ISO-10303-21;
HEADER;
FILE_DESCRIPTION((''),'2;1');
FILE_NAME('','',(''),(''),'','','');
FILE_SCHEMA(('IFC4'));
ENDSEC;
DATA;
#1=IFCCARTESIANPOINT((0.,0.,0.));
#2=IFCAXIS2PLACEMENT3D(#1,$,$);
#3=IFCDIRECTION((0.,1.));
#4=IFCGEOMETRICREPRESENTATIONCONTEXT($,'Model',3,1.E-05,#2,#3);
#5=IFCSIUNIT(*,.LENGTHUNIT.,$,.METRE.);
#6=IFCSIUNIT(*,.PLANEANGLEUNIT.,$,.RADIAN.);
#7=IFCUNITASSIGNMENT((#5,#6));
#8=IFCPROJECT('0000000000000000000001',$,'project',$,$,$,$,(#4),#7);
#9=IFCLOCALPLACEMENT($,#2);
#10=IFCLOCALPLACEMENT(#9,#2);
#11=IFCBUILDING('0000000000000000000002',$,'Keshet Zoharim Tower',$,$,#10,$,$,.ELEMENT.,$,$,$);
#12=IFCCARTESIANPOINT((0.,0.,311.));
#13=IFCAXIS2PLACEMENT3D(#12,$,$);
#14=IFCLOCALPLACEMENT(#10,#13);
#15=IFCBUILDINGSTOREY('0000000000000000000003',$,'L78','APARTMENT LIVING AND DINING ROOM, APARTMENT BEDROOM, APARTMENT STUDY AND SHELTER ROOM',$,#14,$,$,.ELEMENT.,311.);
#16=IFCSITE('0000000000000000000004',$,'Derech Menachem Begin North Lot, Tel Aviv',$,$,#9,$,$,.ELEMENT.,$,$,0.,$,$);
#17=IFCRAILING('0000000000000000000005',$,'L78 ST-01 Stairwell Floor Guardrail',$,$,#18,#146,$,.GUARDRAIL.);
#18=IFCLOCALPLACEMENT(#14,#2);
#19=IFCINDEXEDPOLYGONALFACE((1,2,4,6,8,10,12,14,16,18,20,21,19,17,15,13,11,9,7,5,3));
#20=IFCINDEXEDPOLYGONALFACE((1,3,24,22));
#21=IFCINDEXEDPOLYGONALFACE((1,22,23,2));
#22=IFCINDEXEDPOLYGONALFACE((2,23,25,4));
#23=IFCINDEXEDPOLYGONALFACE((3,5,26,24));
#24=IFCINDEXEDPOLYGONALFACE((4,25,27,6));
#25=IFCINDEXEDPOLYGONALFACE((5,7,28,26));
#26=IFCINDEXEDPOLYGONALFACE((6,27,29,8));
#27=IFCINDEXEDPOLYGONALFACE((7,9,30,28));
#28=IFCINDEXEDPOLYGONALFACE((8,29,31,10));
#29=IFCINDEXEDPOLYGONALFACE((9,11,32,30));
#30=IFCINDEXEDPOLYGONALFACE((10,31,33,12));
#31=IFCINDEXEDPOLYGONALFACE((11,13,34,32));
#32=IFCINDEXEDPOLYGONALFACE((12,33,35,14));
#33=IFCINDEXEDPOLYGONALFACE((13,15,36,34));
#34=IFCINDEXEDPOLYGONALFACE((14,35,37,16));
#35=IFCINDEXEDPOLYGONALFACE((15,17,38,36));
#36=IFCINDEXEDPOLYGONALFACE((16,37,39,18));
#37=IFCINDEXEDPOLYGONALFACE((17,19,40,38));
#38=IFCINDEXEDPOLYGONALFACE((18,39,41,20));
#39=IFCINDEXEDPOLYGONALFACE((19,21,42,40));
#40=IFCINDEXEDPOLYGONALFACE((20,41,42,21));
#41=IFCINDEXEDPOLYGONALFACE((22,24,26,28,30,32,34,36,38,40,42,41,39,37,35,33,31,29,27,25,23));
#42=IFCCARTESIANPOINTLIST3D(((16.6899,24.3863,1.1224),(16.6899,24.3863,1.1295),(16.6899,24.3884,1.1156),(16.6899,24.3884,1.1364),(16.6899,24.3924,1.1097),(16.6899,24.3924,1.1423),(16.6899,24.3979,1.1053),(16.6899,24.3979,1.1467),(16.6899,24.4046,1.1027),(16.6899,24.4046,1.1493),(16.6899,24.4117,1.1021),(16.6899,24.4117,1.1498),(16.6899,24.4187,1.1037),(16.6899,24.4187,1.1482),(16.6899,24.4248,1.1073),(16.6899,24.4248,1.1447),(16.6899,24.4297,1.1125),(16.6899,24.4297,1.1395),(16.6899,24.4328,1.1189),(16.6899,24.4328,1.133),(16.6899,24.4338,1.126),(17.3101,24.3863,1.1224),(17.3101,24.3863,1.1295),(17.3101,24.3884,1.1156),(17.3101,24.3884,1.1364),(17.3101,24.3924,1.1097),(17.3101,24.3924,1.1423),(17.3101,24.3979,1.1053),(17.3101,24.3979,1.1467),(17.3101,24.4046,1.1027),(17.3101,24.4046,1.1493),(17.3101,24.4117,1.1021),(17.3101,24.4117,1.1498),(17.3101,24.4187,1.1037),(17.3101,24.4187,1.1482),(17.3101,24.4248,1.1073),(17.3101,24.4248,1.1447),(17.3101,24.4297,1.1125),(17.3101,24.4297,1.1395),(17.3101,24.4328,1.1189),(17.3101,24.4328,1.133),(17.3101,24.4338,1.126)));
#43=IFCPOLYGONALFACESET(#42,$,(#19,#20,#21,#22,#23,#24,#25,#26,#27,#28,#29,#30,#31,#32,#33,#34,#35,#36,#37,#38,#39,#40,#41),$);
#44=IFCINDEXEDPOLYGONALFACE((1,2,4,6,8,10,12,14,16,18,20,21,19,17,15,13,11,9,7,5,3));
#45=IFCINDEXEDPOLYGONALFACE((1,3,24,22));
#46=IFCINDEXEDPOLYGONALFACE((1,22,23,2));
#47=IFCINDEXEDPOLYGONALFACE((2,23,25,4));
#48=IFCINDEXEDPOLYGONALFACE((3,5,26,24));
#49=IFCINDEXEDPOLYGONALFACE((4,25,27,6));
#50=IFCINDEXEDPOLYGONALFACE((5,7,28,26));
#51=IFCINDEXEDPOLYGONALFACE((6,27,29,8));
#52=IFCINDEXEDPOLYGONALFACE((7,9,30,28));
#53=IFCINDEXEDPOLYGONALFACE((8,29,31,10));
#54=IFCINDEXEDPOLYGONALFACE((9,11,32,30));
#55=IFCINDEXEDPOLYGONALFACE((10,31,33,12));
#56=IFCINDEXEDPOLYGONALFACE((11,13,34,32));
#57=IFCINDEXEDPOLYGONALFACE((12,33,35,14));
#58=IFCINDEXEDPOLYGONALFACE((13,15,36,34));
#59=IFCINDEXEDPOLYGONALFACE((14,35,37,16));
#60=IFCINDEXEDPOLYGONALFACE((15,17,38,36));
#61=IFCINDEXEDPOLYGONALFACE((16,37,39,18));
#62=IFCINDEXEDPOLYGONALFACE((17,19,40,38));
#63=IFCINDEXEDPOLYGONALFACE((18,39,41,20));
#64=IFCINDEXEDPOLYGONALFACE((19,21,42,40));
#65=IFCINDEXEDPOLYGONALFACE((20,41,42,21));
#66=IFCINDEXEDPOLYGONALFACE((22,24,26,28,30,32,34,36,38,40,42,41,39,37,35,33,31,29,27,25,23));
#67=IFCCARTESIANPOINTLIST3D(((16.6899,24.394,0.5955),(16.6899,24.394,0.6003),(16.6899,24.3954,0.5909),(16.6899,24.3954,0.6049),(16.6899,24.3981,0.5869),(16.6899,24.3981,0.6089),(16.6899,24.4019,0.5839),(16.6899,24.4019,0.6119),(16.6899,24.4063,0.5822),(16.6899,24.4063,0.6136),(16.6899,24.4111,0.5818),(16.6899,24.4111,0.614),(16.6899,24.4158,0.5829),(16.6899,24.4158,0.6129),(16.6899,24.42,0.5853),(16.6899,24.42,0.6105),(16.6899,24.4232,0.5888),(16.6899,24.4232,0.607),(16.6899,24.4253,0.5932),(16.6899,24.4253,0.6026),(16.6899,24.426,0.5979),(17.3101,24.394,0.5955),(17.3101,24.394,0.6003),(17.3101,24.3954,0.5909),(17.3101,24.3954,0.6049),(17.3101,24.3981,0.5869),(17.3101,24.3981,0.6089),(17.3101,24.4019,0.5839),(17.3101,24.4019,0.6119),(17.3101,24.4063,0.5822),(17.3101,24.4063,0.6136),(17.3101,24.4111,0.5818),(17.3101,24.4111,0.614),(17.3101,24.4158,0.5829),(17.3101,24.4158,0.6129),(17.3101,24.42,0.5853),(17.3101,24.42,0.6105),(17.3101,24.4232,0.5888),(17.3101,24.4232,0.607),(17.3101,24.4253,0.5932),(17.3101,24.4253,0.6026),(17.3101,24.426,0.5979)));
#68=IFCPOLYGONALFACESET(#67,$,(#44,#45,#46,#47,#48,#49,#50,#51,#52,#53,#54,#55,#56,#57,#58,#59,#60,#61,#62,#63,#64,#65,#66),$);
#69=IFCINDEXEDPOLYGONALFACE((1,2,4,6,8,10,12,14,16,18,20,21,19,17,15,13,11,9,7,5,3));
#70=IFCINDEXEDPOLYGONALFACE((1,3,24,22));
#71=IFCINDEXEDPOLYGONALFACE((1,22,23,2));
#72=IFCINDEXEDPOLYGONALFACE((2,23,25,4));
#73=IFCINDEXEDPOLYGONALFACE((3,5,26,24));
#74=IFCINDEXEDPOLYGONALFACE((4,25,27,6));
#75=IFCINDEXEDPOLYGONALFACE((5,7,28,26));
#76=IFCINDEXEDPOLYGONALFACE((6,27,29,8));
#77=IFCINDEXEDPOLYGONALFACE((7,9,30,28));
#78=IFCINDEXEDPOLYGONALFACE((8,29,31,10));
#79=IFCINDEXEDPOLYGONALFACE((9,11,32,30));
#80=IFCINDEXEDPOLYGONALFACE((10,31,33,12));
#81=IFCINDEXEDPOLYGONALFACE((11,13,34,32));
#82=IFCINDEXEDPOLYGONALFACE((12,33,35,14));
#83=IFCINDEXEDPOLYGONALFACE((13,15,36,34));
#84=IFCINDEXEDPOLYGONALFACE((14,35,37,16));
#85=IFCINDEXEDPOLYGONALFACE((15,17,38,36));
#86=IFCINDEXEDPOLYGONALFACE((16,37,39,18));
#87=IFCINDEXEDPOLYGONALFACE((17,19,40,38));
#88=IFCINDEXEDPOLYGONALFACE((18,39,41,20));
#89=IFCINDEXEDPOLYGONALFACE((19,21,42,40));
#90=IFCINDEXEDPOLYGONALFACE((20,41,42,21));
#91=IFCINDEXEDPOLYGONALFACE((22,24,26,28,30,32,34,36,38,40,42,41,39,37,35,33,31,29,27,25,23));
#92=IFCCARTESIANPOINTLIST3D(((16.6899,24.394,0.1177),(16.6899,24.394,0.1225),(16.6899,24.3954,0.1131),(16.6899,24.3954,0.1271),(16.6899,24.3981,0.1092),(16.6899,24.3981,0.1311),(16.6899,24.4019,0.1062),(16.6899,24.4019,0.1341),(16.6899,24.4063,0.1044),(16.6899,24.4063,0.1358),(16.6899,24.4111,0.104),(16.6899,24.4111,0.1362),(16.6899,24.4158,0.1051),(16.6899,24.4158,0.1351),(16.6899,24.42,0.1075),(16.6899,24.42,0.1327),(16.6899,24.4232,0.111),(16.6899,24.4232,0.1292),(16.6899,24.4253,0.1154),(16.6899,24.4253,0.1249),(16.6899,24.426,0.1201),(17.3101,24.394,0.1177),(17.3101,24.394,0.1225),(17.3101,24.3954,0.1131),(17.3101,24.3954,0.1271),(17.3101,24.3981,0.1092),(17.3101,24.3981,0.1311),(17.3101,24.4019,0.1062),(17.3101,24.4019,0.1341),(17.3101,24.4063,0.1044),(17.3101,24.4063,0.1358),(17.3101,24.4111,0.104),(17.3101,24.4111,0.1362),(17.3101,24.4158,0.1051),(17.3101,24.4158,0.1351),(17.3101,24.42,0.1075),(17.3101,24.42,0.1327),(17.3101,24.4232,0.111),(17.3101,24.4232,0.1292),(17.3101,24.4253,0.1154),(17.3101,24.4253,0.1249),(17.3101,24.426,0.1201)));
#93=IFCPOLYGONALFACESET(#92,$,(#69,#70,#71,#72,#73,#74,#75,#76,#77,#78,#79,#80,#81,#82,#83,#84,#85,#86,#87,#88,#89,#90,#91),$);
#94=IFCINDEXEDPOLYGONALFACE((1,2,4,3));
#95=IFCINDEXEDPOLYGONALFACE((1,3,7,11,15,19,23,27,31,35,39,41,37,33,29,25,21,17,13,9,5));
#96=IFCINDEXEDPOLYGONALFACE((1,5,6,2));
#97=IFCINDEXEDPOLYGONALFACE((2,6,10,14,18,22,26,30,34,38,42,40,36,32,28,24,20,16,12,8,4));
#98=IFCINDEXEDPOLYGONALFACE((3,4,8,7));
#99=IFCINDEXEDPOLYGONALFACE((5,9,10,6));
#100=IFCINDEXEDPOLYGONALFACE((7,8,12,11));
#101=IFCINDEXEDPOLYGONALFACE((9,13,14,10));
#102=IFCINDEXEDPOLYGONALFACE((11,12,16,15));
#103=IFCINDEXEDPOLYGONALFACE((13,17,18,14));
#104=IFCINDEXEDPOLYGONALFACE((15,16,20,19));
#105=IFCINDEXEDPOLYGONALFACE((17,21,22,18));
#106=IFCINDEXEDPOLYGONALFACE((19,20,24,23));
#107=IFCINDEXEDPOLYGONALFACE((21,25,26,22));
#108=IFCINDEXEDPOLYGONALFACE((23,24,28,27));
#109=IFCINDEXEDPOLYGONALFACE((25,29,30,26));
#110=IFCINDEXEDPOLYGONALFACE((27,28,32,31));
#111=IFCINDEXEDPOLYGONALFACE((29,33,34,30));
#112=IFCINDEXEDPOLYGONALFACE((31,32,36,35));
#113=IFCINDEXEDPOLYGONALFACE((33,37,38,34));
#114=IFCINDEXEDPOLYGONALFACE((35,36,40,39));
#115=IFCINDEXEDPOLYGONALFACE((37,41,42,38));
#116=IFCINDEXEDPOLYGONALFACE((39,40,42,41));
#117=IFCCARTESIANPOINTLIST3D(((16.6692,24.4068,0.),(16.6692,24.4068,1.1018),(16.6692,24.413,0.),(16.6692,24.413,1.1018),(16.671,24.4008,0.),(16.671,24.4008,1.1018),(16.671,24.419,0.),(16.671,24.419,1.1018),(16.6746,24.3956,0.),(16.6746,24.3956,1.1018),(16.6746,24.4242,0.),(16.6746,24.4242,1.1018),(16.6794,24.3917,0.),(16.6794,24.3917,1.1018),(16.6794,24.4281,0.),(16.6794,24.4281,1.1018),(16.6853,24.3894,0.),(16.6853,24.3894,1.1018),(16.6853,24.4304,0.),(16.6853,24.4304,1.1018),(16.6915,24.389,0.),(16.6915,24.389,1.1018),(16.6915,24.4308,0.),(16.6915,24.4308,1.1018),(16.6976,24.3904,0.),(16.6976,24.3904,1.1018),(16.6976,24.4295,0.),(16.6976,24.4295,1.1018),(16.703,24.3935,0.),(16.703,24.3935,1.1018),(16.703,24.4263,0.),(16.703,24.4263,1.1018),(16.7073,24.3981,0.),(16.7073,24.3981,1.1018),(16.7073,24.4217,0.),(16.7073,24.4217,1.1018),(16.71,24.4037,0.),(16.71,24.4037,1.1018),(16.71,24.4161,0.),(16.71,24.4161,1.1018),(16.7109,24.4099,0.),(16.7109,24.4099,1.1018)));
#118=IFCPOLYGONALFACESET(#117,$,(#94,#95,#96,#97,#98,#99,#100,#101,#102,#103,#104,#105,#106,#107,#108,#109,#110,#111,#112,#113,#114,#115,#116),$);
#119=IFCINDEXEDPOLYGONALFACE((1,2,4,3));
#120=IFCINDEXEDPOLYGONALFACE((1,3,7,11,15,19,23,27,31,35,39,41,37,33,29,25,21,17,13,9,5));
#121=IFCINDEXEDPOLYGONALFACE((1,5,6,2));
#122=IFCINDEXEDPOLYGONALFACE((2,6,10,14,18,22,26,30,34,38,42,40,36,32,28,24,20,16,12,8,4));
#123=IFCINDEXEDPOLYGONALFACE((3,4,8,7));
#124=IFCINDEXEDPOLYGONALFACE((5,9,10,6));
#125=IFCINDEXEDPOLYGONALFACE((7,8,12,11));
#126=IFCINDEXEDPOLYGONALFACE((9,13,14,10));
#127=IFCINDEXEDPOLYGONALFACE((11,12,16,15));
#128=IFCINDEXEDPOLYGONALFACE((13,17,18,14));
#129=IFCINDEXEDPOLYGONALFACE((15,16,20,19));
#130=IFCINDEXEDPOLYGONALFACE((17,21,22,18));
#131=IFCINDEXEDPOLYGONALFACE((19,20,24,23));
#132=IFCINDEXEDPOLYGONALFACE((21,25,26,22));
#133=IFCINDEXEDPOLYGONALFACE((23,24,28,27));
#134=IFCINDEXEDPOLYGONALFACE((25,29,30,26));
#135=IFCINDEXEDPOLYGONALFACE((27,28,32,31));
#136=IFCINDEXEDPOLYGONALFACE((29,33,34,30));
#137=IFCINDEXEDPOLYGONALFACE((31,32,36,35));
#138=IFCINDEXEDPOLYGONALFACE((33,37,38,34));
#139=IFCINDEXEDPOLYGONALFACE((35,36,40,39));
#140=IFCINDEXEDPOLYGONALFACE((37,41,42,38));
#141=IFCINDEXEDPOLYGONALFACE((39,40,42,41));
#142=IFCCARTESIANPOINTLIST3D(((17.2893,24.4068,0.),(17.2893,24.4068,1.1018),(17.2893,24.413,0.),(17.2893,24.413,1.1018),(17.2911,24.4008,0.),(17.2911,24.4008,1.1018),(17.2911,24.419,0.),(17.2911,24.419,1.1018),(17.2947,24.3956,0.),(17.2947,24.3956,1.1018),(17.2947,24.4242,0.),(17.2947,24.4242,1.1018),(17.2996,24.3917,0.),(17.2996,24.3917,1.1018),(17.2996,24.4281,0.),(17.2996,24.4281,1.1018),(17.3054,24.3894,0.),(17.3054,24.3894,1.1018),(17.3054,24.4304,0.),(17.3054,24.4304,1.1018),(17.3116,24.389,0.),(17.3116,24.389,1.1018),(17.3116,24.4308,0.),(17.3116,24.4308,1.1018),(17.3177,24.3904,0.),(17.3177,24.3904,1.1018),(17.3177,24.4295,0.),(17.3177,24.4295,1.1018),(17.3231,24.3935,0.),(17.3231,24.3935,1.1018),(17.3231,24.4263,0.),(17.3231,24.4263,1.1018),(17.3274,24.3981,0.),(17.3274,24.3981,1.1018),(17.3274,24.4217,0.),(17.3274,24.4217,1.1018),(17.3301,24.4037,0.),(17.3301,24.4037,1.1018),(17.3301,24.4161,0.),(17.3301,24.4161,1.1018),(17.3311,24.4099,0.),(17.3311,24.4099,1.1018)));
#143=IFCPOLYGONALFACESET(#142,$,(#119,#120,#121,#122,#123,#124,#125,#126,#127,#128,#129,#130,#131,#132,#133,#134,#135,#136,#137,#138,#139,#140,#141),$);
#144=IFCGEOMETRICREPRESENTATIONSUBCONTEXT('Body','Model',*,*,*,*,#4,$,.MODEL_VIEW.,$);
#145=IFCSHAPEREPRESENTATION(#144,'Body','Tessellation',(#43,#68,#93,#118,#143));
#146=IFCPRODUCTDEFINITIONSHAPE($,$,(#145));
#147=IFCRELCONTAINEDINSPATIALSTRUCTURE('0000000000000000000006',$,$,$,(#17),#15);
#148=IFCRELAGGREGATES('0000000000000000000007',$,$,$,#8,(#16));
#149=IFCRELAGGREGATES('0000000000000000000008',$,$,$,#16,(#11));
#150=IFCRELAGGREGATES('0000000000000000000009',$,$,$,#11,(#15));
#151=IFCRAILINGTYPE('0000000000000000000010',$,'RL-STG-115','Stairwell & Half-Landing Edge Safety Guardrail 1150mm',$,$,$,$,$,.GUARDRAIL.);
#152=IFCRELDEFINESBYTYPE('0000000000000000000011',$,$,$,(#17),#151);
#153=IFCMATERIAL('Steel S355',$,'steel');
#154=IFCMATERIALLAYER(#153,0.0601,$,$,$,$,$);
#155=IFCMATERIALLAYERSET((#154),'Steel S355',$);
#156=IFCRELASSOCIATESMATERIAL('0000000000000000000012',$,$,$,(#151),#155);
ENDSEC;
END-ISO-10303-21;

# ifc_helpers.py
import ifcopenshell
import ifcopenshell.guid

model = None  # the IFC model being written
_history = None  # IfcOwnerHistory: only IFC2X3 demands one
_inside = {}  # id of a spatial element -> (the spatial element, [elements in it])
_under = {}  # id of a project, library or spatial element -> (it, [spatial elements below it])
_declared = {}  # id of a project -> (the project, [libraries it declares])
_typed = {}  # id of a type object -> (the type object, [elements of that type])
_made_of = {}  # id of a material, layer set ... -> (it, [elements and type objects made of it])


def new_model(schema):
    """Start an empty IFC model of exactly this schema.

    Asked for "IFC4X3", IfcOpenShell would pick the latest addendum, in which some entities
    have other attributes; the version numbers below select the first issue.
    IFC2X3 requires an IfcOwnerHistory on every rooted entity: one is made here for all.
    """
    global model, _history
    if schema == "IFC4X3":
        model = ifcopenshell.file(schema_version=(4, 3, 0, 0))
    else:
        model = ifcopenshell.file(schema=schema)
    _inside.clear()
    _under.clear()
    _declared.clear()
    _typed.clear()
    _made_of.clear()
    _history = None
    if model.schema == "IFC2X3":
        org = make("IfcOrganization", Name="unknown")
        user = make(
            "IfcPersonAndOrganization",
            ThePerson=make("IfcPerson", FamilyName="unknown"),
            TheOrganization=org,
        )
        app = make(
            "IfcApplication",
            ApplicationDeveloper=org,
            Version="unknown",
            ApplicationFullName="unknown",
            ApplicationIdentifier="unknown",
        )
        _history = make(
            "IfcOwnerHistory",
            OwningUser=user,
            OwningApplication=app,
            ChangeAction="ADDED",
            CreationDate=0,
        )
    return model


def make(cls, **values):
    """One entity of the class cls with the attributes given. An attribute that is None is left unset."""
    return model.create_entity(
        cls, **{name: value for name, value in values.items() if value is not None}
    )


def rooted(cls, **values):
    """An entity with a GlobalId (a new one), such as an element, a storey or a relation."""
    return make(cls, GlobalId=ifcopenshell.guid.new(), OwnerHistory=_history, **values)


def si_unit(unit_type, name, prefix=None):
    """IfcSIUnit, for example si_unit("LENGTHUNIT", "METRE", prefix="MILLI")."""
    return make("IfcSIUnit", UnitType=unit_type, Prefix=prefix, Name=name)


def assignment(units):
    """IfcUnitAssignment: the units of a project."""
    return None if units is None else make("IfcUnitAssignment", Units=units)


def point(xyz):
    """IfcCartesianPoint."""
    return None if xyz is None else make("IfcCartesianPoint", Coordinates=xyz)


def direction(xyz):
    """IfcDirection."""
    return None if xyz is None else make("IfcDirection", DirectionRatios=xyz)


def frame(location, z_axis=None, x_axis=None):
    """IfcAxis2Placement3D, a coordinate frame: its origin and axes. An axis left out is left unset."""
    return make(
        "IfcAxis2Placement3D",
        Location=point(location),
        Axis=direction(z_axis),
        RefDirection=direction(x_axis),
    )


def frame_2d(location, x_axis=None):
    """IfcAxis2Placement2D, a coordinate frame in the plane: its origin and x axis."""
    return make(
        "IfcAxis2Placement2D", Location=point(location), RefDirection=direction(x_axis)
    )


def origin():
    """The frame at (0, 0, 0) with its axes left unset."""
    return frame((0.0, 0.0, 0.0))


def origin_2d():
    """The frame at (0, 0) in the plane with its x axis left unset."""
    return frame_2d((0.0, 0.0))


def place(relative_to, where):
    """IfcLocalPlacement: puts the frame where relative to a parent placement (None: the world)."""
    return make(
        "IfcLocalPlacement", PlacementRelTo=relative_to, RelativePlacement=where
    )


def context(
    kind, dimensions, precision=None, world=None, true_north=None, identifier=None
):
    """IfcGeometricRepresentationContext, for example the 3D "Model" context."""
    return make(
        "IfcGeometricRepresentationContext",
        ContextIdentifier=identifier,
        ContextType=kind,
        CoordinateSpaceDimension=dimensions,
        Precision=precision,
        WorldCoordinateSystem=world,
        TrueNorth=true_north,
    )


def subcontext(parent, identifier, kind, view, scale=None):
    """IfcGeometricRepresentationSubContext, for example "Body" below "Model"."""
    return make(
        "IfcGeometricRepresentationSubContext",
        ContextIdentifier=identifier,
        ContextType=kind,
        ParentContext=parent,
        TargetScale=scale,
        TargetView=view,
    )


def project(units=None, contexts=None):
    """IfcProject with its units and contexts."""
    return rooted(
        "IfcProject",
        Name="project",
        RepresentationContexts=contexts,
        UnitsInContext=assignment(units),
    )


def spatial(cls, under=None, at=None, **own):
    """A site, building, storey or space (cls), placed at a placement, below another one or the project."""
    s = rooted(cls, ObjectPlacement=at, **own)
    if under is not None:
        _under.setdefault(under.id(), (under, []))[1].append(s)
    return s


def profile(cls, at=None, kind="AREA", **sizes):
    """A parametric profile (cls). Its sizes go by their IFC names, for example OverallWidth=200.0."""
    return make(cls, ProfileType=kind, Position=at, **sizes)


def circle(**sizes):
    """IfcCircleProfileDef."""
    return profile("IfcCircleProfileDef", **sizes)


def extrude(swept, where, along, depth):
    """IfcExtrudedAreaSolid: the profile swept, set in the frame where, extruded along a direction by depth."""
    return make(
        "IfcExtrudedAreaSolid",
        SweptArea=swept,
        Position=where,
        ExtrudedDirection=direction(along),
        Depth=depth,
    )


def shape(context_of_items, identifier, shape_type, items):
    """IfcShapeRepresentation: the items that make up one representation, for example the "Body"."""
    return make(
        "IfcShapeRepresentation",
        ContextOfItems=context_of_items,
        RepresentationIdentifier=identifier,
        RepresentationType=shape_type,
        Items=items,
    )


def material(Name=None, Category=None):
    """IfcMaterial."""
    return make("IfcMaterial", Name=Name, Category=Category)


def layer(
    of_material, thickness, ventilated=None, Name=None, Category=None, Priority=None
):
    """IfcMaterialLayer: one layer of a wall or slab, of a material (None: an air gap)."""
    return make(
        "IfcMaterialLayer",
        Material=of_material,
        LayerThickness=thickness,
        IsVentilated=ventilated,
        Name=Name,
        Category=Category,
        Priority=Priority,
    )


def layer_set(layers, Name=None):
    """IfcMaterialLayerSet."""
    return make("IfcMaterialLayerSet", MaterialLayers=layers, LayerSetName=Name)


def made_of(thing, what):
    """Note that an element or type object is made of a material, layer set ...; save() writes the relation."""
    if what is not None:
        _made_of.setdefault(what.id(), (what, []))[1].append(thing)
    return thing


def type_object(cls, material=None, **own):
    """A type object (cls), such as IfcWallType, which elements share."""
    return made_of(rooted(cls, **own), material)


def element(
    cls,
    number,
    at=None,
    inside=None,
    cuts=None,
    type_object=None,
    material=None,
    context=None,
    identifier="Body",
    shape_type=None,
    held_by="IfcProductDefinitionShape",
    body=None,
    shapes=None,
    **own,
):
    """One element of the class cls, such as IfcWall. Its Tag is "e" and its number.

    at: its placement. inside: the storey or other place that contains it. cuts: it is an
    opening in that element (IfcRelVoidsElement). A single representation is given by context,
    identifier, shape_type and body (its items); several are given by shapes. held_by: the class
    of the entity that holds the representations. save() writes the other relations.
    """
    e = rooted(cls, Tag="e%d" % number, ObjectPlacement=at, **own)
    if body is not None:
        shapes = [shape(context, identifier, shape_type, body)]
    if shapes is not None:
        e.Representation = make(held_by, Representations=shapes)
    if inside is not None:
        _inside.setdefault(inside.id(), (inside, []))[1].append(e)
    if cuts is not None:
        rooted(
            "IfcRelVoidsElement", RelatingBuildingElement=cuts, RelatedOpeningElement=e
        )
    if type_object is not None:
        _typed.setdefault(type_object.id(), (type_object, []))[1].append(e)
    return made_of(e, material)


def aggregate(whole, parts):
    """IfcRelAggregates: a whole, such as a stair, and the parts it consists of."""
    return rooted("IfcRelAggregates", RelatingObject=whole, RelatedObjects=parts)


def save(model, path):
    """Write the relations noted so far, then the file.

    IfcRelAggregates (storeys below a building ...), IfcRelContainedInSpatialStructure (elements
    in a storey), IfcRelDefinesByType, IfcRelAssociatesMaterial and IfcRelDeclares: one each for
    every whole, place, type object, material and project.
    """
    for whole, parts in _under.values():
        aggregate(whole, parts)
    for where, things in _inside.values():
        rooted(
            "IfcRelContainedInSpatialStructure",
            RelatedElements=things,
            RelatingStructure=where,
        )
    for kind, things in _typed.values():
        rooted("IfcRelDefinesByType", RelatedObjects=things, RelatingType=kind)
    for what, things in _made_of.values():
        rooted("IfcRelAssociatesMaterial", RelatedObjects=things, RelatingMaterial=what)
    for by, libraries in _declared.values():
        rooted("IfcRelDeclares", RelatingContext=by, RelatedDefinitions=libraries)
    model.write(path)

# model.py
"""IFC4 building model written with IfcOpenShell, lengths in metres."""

from ifc_helpers import new_model, si_unit, direction, frame, origin, origin_2d, place, context, subcontext, project, spatial, circle, extrude, material, layer, layer_set, type_object, element, save


model = new_model("IFC4")

# Units and contexts
model_context = context("Model", 3, precision=1e-05, world=origin(), true_north=direction((0.0, 1.0)))
body_context = subcontext(model_context, "Body", "Model", "MODEL_VIEW")
ifc_project = project(units=[si_unit("LENGTHUNIT", "METRE"), si_unit("PLANEANGLEUNIT", "RADIAN")], contexts=[model_context])

# Site, building, storey
site_placement = place(None, origin())
site = spatial("IfcSite", under=ifc_project, at=site_placement, Name="Derech Menachem Begin North Lot, Tel Aviv", CompositionType="ELEMENT", RefElevation=0.0)
building_placement = place(site_placement, origin())
building = spatial("IfcBuilding", under=site, at=building_placement, Name="Keshet Zoharim Tower", CompositionType="ELEMENT")
storey_placement = place(building_placement, frame((0.0, 0.0, 311.0)))
storey = spatial("IfcBuildingStorey", under=building, at=storey_placement, Name="L78", Description="APARTMENT LIVING AND DINING ROOM, APARTMENT BEDROOM, APARTMENT STUDY AND SHELTER ROOM", CompositionType="ELEMENT", Elevation=311.0)

# Shared definitions
ifc_material_1 = material(Name="Steel S355", Category="steel")

# Railing
ifc_layer_1 = layer(ifc_material_1, 0.0601)
ifc_layer_set_1 = layer_set([ifc_layer_1], Name="Steel S355")
railing_type_1 = type_object("IfcRailingType", Name="RL-STG-115", Description="Stairwell & Half-Landing Edge Safety Guardrail 1150mm", PredefinedType="GUARDRAIL", material=ifc_layer_set_1)
railing_1_placement = place(storey_placement, frame((16.6899, 24.4099, 0.0)))
element("IfcRailing", 1, at=railing_1_placement, inside=storey, type_object=railing_type_1, Name="L78 ST-01 Stairwell Floor Guardrail", PredefinedType="GUARDRAIL", context=body_context, shape_type="SweptSolid", body=[
    extrude(circle(Radius=0.0239, at=origin_2d()), frame((0.0, 0.0, 1.126), z_axis=(1.0, 0.0, 0.0), x_axis=(0.0, 1.0, 0.0)), (0.0, 0.0, 1.0), 0.6201),
    extrude(circle(Radius=0.0161, at=origin_2d()), frame((0.0, 0.0, 0.5979), z_axis=(1.0, 0.0, 0.0), x_axis=(0.0, 1.0, 0.0)), (0.0, 0.0, 1.0), 0.6201),
    extrude(circle(Radius=0.0161, at=origin_2d()), frame((0.0, 0.0, 0.1201), z_axis=(1.0, 0.0, 0.0), x_axis=(0.0, 1.0, 0.0)), (0.0, 0.0, 1.0), 0.6201),
    extrude(circle(Radius=0.021, at=origin_2d()), origin(), (0.0, 0.0, 1.0), 1.1018),
    extrude(circle(Radius=0.021, at=origin_2d()), frame((0.6201, 0.0, 0.0)), (0.0, 0.0, 1.0), 1.1018),
])

save(model, "model.ifc")
